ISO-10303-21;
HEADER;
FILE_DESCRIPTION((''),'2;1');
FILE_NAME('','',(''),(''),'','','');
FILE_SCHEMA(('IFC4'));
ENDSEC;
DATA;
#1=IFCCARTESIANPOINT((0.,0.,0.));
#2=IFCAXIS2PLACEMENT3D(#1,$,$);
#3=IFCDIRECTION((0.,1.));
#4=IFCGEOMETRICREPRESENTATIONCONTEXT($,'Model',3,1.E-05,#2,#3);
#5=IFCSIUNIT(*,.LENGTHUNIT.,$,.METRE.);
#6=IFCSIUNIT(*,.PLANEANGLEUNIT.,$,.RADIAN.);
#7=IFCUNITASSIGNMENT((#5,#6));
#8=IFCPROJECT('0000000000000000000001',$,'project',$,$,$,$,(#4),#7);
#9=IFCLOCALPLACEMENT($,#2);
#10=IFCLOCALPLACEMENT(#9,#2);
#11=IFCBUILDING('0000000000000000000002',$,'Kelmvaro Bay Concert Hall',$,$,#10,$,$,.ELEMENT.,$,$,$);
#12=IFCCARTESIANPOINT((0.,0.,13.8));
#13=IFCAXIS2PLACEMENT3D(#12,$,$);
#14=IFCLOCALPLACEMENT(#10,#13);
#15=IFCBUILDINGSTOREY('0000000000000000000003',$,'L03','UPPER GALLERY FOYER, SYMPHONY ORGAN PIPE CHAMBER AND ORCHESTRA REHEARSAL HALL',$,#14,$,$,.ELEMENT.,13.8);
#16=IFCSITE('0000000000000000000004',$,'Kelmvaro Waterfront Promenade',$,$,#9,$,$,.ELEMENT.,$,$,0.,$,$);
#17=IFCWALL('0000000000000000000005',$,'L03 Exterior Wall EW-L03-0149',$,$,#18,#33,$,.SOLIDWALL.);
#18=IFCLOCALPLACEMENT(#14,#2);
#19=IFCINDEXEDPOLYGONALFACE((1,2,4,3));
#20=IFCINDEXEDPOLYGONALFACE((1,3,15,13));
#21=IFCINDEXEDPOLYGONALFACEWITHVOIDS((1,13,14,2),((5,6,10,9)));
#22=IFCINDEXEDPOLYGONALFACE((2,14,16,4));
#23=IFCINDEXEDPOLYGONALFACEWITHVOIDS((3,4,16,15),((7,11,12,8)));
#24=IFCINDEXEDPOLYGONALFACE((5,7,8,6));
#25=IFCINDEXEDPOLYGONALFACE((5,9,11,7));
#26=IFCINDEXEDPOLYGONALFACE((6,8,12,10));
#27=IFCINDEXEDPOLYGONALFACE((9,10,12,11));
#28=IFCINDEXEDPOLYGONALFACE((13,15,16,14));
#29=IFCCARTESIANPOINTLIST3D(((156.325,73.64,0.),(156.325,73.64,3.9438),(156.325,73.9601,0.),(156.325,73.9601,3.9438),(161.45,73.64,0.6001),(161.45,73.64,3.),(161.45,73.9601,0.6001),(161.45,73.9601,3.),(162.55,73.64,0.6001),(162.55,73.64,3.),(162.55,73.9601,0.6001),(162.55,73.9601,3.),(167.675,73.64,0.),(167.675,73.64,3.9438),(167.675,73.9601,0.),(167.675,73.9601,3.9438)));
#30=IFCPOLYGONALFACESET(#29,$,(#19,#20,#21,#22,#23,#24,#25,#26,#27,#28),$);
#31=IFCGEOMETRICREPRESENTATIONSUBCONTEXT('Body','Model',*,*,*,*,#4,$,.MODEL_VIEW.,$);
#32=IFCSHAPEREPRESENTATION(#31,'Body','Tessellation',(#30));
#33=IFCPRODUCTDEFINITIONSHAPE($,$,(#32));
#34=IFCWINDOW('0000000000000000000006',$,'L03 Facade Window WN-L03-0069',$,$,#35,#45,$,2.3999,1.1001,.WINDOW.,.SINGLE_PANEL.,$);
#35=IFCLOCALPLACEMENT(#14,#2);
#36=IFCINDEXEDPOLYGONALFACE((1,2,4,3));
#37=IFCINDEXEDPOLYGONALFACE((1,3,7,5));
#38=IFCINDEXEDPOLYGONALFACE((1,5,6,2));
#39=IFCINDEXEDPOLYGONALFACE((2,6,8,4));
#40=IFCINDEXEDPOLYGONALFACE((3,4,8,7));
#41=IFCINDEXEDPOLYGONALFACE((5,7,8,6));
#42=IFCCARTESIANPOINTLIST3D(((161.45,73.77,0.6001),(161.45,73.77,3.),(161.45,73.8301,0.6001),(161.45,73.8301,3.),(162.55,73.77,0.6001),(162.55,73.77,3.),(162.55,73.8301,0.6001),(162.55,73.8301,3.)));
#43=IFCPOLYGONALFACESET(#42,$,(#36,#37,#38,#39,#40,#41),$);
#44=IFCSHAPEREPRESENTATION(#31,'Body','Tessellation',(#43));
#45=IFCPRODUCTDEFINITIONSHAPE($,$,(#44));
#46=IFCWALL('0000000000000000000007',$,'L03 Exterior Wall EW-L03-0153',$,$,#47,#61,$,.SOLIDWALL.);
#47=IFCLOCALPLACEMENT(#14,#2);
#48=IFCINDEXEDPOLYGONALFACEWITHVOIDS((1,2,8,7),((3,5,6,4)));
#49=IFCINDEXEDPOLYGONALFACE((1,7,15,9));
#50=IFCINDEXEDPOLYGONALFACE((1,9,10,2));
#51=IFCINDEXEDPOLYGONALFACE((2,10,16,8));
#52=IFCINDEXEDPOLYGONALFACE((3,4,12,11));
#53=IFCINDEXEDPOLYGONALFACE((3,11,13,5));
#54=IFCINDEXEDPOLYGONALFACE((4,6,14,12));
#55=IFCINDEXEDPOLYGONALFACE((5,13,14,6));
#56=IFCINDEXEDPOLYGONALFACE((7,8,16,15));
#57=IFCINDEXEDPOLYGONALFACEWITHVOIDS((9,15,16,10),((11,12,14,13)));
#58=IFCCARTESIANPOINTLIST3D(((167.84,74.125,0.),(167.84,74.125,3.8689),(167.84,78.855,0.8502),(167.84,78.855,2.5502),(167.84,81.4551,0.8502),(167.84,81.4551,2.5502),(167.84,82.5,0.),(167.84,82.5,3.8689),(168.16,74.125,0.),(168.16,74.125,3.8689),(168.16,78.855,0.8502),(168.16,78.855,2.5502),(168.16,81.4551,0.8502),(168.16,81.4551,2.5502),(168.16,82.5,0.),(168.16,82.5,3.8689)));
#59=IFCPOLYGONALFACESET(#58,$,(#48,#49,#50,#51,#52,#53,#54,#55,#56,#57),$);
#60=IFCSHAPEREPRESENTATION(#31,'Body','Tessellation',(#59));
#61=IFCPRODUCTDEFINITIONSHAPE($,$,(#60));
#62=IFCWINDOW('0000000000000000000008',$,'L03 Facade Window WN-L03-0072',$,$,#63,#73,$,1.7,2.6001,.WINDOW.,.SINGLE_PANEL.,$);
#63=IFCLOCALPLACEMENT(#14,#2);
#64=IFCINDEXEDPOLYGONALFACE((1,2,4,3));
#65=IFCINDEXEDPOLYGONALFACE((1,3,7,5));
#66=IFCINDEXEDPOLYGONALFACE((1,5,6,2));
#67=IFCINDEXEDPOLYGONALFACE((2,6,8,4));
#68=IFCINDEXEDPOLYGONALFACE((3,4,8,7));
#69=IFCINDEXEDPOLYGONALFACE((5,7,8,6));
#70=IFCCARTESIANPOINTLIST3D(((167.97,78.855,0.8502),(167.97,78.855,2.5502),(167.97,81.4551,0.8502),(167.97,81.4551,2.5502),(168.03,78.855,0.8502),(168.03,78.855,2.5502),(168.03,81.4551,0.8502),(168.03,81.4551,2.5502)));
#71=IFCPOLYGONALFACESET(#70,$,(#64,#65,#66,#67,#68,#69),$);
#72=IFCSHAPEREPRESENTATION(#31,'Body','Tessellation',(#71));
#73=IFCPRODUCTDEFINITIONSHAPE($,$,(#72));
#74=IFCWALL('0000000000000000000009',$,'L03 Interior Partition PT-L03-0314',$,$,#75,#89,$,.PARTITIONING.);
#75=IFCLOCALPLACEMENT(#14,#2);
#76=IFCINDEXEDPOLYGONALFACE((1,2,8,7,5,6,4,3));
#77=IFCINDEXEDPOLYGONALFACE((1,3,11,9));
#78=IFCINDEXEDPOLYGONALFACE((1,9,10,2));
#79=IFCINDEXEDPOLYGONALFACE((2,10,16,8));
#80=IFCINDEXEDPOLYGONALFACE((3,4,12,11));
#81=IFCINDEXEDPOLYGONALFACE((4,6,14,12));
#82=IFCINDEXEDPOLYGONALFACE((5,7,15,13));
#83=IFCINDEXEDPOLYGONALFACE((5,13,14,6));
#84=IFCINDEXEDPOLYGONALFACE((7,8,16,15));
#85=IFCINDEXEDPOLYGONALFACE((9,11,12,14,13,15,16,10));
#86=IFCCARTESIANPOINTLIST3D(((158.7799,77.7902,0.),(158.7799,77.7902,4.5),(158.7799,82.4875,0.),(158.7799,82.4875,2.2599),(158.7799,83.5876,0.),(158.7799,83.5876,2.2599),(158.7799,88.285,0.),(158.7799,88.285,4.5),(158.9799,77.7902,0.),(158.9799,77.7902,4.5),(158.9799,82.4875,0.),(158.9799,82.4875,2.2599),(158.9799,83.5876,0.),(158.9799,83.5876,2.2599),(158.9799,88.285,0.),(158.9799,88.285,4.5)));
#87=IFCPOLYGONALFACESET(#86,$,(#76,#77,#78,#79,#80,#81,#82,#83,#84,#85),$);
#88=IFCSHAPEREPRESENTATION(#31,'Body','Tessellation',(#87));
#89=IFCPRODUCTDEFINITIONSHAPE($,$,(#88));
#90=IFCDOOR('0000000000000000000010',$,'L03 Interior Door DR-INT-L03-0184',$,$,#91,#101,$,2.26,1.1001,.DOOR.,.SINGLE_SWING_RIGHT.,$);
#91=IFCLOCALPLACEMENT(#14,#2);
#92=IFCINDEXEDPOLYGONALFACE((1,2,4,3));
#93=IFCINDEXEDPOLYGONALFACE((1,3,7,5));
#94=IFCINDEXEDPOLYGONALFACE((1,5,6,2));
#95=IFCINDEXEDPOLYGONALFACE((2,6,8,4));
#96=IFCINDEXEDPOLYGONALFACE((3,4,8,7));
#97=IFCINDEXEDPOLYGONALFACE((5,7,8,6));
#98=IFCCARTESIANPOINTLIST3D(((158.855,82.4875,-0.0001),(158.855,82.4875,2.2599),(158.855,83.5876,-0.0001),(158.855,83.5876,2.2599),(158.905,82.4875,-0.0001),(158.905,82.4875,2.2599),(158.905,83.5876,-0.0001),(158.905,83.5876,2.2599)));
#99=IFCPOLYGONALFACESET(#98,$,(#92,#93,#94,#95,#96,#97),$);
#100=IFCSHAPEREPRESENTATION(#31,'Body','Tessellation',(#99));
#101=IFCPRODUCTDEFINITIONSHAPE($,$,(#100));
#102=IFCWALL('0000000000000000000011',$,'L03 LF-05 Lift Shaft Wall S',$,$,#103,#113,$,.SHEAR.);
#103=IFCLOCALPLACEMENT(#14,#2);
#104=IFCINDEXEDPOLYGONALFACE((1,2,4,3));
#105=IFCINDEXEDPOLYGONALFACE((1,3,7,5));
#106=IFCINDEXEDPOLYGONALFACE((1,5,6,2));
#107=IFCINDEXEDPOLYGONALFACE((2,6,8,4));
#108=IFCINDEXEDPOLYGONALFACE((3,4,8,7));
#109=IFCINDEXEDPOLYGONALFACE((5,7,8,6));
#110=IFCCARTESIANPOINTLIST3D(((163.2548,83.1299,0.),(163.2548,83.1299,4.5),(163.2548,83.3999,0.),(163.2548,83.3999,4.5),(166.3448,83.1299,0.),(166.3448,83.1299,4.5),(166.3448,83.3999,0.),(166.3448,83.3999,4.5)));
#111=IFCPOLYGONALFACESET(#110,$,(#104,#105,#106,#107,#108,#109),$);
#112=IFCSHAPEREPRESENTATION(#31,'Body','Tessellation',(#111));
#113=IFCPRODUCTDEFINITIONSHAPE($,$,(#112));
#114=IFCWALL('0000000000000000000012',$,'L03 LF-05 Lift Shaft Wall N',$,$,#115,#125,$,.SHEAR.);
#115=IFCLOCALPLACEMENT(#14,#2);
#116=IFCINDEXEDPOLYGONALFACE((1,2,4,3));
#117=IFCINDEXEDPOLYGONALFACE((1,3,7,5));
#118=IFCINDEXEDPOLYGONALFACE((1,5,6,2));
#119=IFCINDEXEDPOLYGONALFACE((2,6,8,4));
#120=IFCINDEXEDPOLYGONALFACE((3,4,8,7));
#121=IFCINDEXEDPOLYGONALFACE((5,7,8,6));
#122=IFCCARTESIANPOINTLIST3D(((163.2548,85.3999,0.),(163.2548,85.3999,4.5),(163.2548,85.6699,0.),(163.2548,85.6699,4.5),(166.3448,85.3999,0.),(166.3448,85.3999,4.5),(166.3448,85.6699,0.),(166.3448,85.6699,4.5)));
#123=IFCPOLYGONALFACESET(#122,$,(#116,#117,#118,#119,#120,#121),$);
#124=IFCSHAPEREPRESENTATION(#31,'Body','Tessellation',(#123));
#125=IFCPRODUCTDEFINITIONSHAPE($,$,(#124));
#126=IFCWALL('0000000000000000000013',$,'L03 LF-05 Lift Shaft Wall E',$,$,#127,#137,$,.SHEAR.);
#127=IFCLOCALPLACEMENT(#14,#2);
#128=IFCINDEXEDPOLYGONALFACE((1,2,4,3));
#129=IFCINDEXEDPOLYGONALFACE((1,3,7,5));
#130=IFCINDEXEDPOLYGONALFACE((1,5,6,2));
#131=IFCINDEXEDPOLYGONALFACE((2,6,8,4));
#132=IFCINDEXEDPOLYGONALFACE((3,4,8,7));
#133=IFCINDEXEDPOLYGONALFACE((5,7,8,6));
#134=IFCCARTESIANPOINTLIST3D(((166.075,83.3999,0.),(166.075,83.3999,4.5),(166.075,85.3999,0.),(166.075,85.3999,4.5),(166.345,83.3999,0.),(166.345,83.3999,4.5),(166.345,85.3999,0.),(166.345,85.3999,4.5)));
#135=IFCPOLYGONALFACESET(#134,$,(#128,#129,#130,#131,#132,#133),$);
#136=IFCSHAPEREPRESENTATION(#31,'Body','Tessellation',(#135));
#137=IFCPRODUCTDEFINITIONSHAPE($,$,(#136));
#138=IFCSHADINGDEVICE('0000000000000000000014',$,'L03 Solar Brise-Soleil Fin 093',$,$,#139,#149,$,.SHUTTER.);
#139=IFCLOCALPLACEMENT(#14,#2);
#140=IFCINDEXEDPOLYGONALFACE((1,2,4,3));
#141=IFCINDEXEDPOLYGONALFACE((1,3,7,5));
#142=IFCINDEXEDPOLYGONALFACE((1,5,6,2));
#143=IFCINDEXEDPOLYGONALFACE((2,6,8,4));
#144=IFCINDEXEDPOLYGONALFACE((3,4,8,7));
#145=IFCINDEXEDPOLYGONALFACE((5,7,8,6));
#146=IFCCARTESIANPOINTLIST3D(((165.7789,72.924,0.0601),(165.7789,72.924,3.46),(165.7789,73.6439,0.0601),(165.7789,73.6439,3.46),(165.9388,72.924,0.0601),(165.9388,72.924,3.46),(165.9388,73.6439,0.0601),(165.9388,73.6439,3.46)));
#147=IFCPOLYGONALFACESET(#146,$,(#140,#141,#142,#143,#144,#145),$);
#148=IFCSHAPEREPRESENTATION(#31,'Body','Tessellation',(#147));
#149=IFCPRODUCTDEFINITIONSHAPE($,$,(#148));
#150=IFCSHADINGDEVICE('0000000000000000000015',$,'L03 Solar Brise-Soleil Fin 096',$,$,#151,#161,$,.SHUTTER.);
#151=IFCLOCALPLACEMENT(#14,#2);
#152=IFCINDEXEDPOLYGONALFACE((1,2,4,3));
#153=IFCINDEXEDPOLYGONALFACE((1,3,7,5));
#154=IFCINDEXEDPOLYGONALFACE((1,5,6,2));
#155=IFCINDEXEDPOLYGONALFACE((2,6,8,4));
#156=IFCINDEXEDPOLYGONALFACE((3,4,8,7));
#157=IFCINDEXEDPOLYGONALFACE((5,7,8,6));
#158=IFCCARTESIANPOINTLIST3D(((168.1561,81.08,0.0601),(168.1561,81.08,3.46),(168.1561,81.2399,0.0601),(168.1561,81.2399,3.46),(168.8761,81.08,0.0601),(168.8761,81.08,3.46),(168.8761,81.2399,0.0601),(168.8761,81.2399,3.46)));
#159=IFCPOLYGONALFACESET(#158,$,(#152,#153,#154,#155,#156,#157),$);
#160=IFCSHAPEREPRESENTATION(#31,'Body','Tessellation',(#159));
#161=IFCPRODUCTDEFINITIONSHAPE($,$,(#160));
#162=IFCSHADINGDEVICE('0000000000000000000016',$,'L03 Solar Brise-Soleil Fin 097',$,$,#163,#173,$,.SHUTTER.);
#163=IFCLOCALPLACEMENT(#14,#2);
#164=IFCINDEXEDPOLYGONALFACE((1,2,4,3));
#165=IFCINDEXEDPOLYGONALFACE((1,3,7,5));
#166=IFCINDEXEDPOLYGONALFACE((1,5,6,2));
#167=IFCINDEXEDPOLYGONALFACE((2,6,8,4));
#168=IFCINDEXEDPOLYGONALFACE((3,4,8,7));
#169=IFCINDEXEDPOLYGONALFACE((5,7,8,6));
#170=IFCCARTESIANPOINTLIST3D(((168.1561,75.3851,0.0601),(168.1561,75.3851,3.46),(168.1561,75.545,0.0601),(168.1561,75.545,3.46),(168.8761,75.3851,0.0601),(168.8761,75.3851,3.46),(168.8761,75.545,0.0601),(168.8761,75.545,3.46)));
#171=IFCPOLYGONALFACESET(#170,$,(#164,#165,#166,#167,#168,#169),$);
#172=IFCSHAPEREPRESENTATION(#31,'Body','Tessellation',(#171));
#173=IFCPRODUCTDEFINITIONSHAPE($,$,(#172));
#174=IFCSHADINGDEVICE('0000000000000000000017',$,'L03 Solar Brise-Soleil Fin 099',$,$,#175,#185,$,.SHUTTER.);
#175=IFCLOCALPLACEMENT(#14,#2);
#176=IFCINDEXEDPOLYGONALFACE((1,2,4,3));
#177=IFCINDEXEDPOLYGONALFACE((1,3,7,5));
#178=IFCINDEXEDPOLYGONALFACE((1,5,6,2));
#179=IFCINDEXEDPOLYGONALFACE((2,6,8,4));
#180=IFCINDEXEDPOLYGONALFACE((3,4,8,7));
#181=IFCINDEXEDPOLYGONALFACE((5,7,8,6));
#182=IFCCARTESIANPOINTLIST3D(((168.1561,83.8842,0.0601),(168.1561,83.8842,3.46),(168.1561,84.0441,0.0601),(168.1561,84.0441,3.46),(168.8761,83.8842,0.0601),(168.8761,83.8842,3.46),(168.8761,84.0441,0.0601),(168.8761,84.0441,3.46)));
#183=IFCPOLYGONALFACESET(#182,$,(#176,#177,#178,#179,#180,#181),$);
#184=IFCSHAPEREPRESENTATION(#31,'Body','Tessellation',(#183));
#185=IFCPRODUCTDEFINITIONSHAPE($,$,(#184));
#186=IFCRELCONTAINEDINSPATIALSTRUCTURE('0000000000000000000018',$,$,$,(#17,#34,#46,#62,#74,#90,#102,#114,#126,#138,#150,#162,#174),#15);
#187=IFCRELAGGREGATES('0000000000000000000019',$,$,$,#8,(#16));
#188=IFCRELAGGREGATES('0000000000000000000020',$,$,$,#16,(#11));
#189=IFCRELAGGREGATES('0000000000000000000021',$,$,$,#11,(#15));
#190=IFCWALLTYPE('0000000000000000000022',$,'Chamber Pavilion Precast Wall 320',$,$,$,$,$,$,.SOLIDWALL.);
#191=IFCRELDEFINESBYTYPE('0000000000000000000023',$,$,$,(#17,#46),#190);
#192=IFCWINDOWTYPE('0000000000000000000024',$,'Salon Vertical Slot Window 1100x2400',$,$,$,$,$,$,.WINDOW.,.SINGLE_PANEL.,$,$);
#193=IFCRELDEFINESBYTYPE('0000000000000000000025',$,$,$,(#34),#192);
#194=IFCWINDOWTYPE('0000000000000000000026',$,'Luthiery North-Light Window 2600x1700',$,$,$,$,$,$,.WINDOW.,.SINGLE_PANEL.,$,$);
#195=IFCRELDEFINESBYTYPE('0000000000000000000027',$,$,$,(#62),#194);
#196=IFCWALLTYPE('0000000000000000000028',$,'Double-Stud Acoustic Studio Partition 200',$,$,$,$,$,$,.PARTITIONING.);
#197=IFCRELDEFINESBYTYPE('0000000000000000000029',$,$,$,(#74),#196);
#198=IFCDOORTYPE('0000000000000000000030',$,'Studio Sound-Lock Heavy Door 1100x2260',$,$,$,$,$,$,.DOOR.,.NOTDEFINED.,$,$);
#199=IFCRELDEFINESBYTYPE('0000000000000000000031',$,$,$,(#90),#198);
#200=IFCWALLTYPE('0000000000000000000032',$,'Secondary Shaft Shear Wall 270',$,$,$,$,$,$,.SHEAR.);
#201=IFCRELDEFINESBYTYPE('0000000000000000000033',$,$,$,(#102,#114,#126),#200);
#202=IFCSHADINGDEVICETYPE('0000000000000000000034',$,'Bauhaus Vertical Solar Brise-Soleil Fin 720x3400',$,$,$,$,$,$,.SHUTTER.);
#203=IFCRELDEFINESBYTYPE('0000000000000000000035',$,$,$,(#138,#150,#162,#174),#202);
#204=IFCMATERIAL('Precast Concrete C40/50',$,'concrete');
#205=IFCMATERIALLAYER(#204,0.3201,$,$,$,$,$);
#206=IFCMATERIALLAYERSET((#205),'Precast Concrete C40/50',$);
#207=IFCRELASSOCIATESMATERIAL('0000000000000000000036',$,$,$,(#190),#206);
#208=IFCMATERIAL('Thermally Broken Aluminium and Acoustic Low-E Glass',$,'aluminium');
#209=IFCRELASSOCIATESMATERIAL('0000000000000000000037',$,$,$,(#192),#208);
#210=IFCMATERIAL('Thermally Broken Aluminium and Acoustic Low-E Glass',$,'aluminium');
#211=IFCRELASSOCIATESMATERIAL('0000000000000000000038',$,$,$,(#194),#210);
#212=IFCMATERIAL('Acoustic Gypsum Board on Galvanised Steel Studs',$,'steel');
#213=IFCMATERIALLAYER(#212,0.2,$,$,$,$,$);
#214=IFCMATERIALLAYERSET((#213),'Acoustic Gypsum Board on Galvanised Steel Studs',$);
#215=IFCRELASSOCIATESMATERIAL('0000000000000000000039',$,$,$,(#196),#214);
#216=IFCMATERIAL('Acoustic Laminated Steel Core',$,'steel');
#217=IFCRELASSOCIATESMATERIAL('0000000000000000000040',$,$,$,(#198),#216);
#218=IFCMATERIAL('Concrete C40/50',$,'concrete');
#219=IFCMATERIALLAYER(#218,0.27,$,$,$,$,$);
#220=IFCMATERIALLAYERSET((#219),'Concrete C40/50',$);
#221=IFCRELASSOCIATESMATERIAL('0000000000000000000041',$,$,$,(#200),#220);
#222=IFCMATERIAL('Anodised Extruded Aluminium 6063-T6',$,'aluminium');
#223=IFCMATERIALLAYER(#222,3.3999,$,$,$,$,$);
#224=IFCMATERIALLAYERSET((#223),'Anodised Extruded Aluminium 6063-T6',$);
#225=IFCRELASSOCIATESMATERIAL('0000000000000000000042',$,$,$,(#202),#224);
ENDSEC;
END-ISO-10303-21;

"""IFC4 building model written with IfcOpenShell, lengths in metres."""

from ifc_helpers import new_model, si_unit, direction, frame, frame_2d, origin, origin_2d, place, context, subcontext, project, spatial, rectangle, extrude, material, layer, layer_set, type_object, element, fill, save


model = new_model("IFC4")

# Units and contexts
model_context = context("Model", 3, precision=1e-05, world=origin(), true_north=direction((0.0, 1.0)))
body_context = subcontext(model_context, "Body", "Model", "MODEL_VIEW")
ifc_project = project(units=[si_unit("LENGTHUNIT", "METRE"), si_unit("PLANEANGLEUNIT", "RADIAN")], contexts=[model_context])

# Site, building, storey
site_placement = place(None, origin())
site = spatial("IfcSite", under=ifc_project, at=site_placement, Name="Kelmvaro Waterfront Promenade", CompositionType="ELEMENT", RefElevation=0.0)
building_placement = place(site_placement, origin())
building = spatial("IfcBuilding", under=site, at=building_placement, Name="Kelmvaro Bay Concert Hall", CompositionType="ELEMENT")
storey_placement = place(building_placement, frame((0.0, 0.0, 13.8)))
storey = spatial("IfcBuildingStorey", under=building, at=storey_placement, Name="L03", Description="UPPER GALLERY FOYER, SYMPHONY ORGAN PIPE CHAMBER AND ORCHESTRA REHEARSAL HALL", CompositionType="ELEMENT", Elevation=13.8)

# Walls, openings, windows
ifc_material_1 = material(Name="Precast Concrete C40/50", Category="concrete")
ifc_layer_1 = layer(ifc_material_1, 0.3201)
ifc_layer_set_1 = layer_set([ifc_layer_1], Name="Precast Concrete C40/50")
wall_type_1 = type_object("IfcWallType", Name="Chamber Pavilion Precast Wall 320", PredefinedType="SOLIDWALL", material=ifc_layer_set_1)
wall_1_placement = place(storey_placement, frame((167.675, 73.8, 0.0), z_axis=(0.0, 0.0, 1.0), x_axis=(-1.0, 0.0, 0.0)))
wall_1 = element("IfcWall", 1, at=wall_1_placement, inside=storey, type_object=wall_type_1, Name="L03 Exterior Wall EW-L03-0149", PredefinedType="SOLIDWALL", context=body_context, shape_type="SweptSolid", body=[
    extrude(rectangle(XDim=11.3501, YDim=0.3201, at=frame_2d((5.675, 0.0))), origin(), (0.0, 0.0, 1.0), 3.9438),
])
opening_1_placement = place(wall_1_placement, frame((5.125, 0.0, 0.6001)))
opening_1 = element("IfcOpeningElement", 2, at=opening_1_placement, cuts=wall_1, PredefinedType="OPENING", context=body_context, shape_type="SweptSolid", body=[
    extrude(rectangle(XDim=1.1001, YDim=2.3999, at=frame_2d((0.55, 1.2))), frame((0.0, 0.1699, 0.0), z_axis=(0.0, -1.0, 0.0), x_axis=(1.0, 0.0, 0.0)), (0.0, 0.0, 1.0), 0.3401),
])
ifc_material_2 = material(Name="Thermally Broken Aluminium and Acoustic Low-E Glass", Category="aluminium")
window_type_1 = type_object("IfcWindowType", Name="Salon Vertical Slot Window 1100x2400", PartitioningType="SINGLE_PANEL", PredefinedType="WINDOW", material=ifc_material_2)
window_1_placement = place(opening_1_placement, origin())
window_1 = element("IfcWindow", 3, at=window_1_placement, inside=storey, type_object=window_type_1, Name="L03 Facade Window WN-L03-0069", OverallHeight=2.3999, OverallWidth=1.1001, PartitioningType="SINGLE_PANEL", PredefinedType="WINDOW", context=body_context, shape_type="SweptSolid", body=[
    extrude(rectangle(XDim=1.1001, YDim=2.3999, at=frame_2d((0.55, 1.2))), frame((0.0, 0.03, 0.0), z_axis=(0.0, -1.0, 0.0), x_axis=(1.0, 0.0, 0.0)), (0.0, 0.0, 1.0), 0.0601),
])
fill(opening_1, window_1)
wall_2_placement = place(storey_placement, frame((168.0, 82.5, 0.0), z_axis=(0.0, 0.0, 1.0), x_axis=(0.0, -1.0, 0.0)))
wall_2 = element("IfcWall", 4, at=wall_2_placement, inside=storey, type_object=wall_type_1, Name="L03 Exterior Wall EW-L03-0153", PredefinedType="SOLIDWALL", context=body_context, shape_type="SweptSolid", body=[
    extrude(rectangle(XDim=8.375, YDim=0.3201, at=frame_2d((4.1875, 0.0))), origin(), (0.0, 0.0, 1.0), 3.8689),
])
opening_2_placement = place(wall_2_placement, frame((1.0449, 0.0, 0.8501)))
opening_2 = element("IfcOpeningElement", 5, at=opening_2_placement, cuts=wall_2, PredefinedType="OPENING", context=body_context, shape_type="SweptSolid", body=[
    extrude(rectangle(XDim=2.6001, YDim=1.7, at=frame_2d((1.3, 0.8501))), frame((0.0, 0.1699, 0.0), z_axis=(0.0, -1.0, 0.0), x_axis=(1.0, 0.0, 0.0)), (0.0, 0.0, 1.0), 0.3401),
])
ifc_material_3 = material(Name="Thermally Broken Aluminium and Acoustic Low-E Glass", Category="aluminium")
window_type_2 = type_object("IfcWindowType", Name="Luthiery North-Light Window 2600x1700", PartitioningType="SINGLE_PANEL", PredefinedType="WINDOW", material=ifc_material_3)
window_2_placement = place(opening_2_placement, origin())
window_2 = element("IfcWindow", 6, at=window_2_placement, inside=storey, type_object=window_type_2, Name="L03 Facade Window WN-L03-0072", OverallHeight=1.7, OverallWidth=2.6001, PartitioningType="SINGLE_PANEL", PredefinedType="WINDOW", context=body_context, shape_type="SweptSolid", body=[
    extrude(rectangle(XDim=2.6001, YDim=1.7, at=frame_2d((1.3, 0.8501))), frame((0.0, 0.03, 0.0), z_axis=(0.0, -1.0, 0.0), x_axis=(1.0, 0.0, 0.0)), (0.0, 0.0, 1.0), 0.0601),
])
fill(opening_2, window_2)

# Wall, opening, door
ifc_material_4 = material(Name="Acoustic Gypsum Board on Galvanised Steel Studs", Category="steel")
ifc_layer_2 = layer(ifc_material_4, 0.2)
ifc_layer_set_2 = layer_set([ifc_layer_2], Name="Acoustic Gypsum Board on Galvanised Steel Studs")
wall_type_2 = type_object("IfcWallType", Name="Double-Stud Acoustic Studio Partition 200", PredefinedType="PARTITIONING", material=ifc_layer_set_2)
wall_3_placement = place(storey_placement, frame((158.8799, 77.79, 0.0), z_axis=(0.0, 0.0, 1.0), x_axis=(0.0, 1.0, 0.0)))
wall_3 = element("IfcWall", 7, at=wall_3_placement, inside=storey, type_object=wall_type_2, Name="L03 Interior Partition PT-L03-0314", PredefinedType="PARTITIONING", context=body_context, shape_type="SweptSolid", body=[
    extrude(rectangle(XDim=10.4949, YDim=0.2, at=frame_2d((5.2476, 0.0))), origin(), (0.0, 0.0, 1.0), 4.5),
])
opening_3_placement = place(wall_3_placement, frame((4.6975, 0.0, 0.0)))
opening_3 = element("IfcOpeningElement", 8, at=opening_3_placement, cuts=wall_3, PredefinedType="OPENING", context=body_context, shape_type="SweptSolid", body=[
    extrude(rectangle(XDim=1.1001, YDim=2.26, at=frame_2d((0.55, 1.1299))), frame((0.0, 0.1099, 0.0), z_axis=(0.0, -1.0, 0.0), x_axis=(1.0, 0.0, 0.0)), (0.0, 0.0, 1.0), 0.22),
])
ifc_material_5 = material(Name="Acoustic Laminated Steel Core", Category="steel")
door_type_1 = type_object("IfcDoorType", Name="Studio Sound-Lock Heavy Door 1100x2260", OperationType="NOTDEFINED", PredefinedType="DOOR", material=ifc_material_5)
door_1_placement = place(opening_3_placement, origin())
door_1 = element("IfcDoor", 9, at=door_1_placement, inside=storey, type_object=door_type_1, Name="L03 Interior Door DR-INT-L03-0184", OperationType="SINGLE_SWING_RIGHT", OverallHeight=2.26, OverallWidth=1.1001, PredefinedType="DOOR", context=body_context, shape_type="SweptSolid", body=[
    extrude(rectangle(XDim=1.1001, YDim=2.26, at=frame_2d((0.55, 1.1299))), frame((0.0, 0.0249, 0.0), z_axis=(0.0, -1.0, 0.0), x_axis=(1.0, 0.0, 0.0)), (0.0, 0.0, 1.0), 0.05),
])
fill(opening_3, door_1)

# Walls
ifc_material_6 = material(Name="Concrete C40/50", Category="concrete")
ifc_layer_3 = layer(ifc_material_6, 0.27)
ifc_layer_set_3 = layer_set([ifc_layer_3], Name="Concrete C40/50")
wall_type_3 = type_object("IfcWallType", Name="Secondary Shaft Shear Wall 270", PredefinedType="SHEAR", material=ifc_layer_set_3)
for number, where, z_axis, x_axis, name in (
    (10, (163.2549, 83.2649, 0.0), (0.0, 0.0, 1.0), (1.0, 0.0, 0.0), "L03 LF-05 Lift Shaft Wall S"),
    (11, (163.2549, 85.5349, 0.0), (0.0, 0.0, 1.0), (1.0, 0.0, 0.0), "L03 LF-05 Lift Shaft Wall N"),
):
    element("IfcWall", number, at=place(storey_placement, frame(where, z_axis=z_axis, x_axis=x_axis)), inside=storey, type_object=wall_type_3, Name=name, PredefinedType="SHEAR", context=body_context, shape_type="SweptSolid", body=[
        extrude(rectangle(XDim=3.0901, YDim=0.27, at=frame_2d((1.5449, 0.0))), origin(), (0.0, 0.0, 1.0), 4.5),
    ])

# Wall
wall_4_placement = place(storey_placement, frame((166.21, 83.3999, 0.0), z_axis=(0.0, 0.0, 1.0), x_axis=(0.0, 1.0, 0.0)))
element("IfcWall", 12, at=wall_4_placement, inside=storey, type_object=wall_type_3, Name="L03 LF-05 Lift Shaft Wall E", PredefinedType="SHEAR", context=body_context, shape_type="SweptSolid", body=[
    extrude(rectangle(XDim=2.0, YDim=0.27, at=frame_2d((1.0, 0.0))), origin(), (0.0, 0.0, 1.0), 4.5),
])

# Shading devices
ifc_material_7 = material(Name="Anodised Extruded Aluminium 6063-T6", Category="aluminium")
ifc_layer_4 = layer(ifc_material_7, 3.3999)
ifc_layer_set_4 = layer_set([ifc_layer_4], Name="Anodised Extruded Aluminium 6063-T6")
shading_device_type = type_object("IfcShadingDeviceType", Name="Bauhaus Vertical Solar Brise-Soleil Fin 720x3400", PredefinedType="SHUTTER", material=ifc_layer_set_4)
for number, where, z_axis, x_axis, name in (
    (13, (165.8589, 73.2839, 0.0601), (0.0, 0.0, 1.0), (-1.0, 0.0, 0.0), "L03 Solar Brise-Soleil Fin 093"),
    (14, (168.5161, 81.1599, 0.0601), (0.0, 0.0, 1.0), (0.0, -1.0, 0.0), "L03 Solar Brise-Soleil Fin 096"),
    (15, (168.5161, 75.4651, 0.0601), (0.0, 0.0, 1.0), (0.0, -1.0, 0.0), "L03 Solar Brise-Soleil Fin 097"),
    (16, (168.5161, 83.9641, 0.0601), (0.0, 0.0, 1.0), (0.0, -1.0, 0.0), "L03 Solar Brise-Soleil Fin 099"),
):
    element("IfcShadingDevice", number, at=place(storey_placement, frame(where, z_axis=z_axis, x_axis=x_axis)), inside=storey, type_object=shading_device_type, Name=name, PredefinedType="SHUTTER", context=body_context, shape_type="SweptSolid", body=[
        extrude(rectangle(XDim=0.1599, YDim=0.72, at=origin_2d()), origin(), (0.0, 0.0, 1.0), 3.3999),
    ])

save(model, "model.ifc")
